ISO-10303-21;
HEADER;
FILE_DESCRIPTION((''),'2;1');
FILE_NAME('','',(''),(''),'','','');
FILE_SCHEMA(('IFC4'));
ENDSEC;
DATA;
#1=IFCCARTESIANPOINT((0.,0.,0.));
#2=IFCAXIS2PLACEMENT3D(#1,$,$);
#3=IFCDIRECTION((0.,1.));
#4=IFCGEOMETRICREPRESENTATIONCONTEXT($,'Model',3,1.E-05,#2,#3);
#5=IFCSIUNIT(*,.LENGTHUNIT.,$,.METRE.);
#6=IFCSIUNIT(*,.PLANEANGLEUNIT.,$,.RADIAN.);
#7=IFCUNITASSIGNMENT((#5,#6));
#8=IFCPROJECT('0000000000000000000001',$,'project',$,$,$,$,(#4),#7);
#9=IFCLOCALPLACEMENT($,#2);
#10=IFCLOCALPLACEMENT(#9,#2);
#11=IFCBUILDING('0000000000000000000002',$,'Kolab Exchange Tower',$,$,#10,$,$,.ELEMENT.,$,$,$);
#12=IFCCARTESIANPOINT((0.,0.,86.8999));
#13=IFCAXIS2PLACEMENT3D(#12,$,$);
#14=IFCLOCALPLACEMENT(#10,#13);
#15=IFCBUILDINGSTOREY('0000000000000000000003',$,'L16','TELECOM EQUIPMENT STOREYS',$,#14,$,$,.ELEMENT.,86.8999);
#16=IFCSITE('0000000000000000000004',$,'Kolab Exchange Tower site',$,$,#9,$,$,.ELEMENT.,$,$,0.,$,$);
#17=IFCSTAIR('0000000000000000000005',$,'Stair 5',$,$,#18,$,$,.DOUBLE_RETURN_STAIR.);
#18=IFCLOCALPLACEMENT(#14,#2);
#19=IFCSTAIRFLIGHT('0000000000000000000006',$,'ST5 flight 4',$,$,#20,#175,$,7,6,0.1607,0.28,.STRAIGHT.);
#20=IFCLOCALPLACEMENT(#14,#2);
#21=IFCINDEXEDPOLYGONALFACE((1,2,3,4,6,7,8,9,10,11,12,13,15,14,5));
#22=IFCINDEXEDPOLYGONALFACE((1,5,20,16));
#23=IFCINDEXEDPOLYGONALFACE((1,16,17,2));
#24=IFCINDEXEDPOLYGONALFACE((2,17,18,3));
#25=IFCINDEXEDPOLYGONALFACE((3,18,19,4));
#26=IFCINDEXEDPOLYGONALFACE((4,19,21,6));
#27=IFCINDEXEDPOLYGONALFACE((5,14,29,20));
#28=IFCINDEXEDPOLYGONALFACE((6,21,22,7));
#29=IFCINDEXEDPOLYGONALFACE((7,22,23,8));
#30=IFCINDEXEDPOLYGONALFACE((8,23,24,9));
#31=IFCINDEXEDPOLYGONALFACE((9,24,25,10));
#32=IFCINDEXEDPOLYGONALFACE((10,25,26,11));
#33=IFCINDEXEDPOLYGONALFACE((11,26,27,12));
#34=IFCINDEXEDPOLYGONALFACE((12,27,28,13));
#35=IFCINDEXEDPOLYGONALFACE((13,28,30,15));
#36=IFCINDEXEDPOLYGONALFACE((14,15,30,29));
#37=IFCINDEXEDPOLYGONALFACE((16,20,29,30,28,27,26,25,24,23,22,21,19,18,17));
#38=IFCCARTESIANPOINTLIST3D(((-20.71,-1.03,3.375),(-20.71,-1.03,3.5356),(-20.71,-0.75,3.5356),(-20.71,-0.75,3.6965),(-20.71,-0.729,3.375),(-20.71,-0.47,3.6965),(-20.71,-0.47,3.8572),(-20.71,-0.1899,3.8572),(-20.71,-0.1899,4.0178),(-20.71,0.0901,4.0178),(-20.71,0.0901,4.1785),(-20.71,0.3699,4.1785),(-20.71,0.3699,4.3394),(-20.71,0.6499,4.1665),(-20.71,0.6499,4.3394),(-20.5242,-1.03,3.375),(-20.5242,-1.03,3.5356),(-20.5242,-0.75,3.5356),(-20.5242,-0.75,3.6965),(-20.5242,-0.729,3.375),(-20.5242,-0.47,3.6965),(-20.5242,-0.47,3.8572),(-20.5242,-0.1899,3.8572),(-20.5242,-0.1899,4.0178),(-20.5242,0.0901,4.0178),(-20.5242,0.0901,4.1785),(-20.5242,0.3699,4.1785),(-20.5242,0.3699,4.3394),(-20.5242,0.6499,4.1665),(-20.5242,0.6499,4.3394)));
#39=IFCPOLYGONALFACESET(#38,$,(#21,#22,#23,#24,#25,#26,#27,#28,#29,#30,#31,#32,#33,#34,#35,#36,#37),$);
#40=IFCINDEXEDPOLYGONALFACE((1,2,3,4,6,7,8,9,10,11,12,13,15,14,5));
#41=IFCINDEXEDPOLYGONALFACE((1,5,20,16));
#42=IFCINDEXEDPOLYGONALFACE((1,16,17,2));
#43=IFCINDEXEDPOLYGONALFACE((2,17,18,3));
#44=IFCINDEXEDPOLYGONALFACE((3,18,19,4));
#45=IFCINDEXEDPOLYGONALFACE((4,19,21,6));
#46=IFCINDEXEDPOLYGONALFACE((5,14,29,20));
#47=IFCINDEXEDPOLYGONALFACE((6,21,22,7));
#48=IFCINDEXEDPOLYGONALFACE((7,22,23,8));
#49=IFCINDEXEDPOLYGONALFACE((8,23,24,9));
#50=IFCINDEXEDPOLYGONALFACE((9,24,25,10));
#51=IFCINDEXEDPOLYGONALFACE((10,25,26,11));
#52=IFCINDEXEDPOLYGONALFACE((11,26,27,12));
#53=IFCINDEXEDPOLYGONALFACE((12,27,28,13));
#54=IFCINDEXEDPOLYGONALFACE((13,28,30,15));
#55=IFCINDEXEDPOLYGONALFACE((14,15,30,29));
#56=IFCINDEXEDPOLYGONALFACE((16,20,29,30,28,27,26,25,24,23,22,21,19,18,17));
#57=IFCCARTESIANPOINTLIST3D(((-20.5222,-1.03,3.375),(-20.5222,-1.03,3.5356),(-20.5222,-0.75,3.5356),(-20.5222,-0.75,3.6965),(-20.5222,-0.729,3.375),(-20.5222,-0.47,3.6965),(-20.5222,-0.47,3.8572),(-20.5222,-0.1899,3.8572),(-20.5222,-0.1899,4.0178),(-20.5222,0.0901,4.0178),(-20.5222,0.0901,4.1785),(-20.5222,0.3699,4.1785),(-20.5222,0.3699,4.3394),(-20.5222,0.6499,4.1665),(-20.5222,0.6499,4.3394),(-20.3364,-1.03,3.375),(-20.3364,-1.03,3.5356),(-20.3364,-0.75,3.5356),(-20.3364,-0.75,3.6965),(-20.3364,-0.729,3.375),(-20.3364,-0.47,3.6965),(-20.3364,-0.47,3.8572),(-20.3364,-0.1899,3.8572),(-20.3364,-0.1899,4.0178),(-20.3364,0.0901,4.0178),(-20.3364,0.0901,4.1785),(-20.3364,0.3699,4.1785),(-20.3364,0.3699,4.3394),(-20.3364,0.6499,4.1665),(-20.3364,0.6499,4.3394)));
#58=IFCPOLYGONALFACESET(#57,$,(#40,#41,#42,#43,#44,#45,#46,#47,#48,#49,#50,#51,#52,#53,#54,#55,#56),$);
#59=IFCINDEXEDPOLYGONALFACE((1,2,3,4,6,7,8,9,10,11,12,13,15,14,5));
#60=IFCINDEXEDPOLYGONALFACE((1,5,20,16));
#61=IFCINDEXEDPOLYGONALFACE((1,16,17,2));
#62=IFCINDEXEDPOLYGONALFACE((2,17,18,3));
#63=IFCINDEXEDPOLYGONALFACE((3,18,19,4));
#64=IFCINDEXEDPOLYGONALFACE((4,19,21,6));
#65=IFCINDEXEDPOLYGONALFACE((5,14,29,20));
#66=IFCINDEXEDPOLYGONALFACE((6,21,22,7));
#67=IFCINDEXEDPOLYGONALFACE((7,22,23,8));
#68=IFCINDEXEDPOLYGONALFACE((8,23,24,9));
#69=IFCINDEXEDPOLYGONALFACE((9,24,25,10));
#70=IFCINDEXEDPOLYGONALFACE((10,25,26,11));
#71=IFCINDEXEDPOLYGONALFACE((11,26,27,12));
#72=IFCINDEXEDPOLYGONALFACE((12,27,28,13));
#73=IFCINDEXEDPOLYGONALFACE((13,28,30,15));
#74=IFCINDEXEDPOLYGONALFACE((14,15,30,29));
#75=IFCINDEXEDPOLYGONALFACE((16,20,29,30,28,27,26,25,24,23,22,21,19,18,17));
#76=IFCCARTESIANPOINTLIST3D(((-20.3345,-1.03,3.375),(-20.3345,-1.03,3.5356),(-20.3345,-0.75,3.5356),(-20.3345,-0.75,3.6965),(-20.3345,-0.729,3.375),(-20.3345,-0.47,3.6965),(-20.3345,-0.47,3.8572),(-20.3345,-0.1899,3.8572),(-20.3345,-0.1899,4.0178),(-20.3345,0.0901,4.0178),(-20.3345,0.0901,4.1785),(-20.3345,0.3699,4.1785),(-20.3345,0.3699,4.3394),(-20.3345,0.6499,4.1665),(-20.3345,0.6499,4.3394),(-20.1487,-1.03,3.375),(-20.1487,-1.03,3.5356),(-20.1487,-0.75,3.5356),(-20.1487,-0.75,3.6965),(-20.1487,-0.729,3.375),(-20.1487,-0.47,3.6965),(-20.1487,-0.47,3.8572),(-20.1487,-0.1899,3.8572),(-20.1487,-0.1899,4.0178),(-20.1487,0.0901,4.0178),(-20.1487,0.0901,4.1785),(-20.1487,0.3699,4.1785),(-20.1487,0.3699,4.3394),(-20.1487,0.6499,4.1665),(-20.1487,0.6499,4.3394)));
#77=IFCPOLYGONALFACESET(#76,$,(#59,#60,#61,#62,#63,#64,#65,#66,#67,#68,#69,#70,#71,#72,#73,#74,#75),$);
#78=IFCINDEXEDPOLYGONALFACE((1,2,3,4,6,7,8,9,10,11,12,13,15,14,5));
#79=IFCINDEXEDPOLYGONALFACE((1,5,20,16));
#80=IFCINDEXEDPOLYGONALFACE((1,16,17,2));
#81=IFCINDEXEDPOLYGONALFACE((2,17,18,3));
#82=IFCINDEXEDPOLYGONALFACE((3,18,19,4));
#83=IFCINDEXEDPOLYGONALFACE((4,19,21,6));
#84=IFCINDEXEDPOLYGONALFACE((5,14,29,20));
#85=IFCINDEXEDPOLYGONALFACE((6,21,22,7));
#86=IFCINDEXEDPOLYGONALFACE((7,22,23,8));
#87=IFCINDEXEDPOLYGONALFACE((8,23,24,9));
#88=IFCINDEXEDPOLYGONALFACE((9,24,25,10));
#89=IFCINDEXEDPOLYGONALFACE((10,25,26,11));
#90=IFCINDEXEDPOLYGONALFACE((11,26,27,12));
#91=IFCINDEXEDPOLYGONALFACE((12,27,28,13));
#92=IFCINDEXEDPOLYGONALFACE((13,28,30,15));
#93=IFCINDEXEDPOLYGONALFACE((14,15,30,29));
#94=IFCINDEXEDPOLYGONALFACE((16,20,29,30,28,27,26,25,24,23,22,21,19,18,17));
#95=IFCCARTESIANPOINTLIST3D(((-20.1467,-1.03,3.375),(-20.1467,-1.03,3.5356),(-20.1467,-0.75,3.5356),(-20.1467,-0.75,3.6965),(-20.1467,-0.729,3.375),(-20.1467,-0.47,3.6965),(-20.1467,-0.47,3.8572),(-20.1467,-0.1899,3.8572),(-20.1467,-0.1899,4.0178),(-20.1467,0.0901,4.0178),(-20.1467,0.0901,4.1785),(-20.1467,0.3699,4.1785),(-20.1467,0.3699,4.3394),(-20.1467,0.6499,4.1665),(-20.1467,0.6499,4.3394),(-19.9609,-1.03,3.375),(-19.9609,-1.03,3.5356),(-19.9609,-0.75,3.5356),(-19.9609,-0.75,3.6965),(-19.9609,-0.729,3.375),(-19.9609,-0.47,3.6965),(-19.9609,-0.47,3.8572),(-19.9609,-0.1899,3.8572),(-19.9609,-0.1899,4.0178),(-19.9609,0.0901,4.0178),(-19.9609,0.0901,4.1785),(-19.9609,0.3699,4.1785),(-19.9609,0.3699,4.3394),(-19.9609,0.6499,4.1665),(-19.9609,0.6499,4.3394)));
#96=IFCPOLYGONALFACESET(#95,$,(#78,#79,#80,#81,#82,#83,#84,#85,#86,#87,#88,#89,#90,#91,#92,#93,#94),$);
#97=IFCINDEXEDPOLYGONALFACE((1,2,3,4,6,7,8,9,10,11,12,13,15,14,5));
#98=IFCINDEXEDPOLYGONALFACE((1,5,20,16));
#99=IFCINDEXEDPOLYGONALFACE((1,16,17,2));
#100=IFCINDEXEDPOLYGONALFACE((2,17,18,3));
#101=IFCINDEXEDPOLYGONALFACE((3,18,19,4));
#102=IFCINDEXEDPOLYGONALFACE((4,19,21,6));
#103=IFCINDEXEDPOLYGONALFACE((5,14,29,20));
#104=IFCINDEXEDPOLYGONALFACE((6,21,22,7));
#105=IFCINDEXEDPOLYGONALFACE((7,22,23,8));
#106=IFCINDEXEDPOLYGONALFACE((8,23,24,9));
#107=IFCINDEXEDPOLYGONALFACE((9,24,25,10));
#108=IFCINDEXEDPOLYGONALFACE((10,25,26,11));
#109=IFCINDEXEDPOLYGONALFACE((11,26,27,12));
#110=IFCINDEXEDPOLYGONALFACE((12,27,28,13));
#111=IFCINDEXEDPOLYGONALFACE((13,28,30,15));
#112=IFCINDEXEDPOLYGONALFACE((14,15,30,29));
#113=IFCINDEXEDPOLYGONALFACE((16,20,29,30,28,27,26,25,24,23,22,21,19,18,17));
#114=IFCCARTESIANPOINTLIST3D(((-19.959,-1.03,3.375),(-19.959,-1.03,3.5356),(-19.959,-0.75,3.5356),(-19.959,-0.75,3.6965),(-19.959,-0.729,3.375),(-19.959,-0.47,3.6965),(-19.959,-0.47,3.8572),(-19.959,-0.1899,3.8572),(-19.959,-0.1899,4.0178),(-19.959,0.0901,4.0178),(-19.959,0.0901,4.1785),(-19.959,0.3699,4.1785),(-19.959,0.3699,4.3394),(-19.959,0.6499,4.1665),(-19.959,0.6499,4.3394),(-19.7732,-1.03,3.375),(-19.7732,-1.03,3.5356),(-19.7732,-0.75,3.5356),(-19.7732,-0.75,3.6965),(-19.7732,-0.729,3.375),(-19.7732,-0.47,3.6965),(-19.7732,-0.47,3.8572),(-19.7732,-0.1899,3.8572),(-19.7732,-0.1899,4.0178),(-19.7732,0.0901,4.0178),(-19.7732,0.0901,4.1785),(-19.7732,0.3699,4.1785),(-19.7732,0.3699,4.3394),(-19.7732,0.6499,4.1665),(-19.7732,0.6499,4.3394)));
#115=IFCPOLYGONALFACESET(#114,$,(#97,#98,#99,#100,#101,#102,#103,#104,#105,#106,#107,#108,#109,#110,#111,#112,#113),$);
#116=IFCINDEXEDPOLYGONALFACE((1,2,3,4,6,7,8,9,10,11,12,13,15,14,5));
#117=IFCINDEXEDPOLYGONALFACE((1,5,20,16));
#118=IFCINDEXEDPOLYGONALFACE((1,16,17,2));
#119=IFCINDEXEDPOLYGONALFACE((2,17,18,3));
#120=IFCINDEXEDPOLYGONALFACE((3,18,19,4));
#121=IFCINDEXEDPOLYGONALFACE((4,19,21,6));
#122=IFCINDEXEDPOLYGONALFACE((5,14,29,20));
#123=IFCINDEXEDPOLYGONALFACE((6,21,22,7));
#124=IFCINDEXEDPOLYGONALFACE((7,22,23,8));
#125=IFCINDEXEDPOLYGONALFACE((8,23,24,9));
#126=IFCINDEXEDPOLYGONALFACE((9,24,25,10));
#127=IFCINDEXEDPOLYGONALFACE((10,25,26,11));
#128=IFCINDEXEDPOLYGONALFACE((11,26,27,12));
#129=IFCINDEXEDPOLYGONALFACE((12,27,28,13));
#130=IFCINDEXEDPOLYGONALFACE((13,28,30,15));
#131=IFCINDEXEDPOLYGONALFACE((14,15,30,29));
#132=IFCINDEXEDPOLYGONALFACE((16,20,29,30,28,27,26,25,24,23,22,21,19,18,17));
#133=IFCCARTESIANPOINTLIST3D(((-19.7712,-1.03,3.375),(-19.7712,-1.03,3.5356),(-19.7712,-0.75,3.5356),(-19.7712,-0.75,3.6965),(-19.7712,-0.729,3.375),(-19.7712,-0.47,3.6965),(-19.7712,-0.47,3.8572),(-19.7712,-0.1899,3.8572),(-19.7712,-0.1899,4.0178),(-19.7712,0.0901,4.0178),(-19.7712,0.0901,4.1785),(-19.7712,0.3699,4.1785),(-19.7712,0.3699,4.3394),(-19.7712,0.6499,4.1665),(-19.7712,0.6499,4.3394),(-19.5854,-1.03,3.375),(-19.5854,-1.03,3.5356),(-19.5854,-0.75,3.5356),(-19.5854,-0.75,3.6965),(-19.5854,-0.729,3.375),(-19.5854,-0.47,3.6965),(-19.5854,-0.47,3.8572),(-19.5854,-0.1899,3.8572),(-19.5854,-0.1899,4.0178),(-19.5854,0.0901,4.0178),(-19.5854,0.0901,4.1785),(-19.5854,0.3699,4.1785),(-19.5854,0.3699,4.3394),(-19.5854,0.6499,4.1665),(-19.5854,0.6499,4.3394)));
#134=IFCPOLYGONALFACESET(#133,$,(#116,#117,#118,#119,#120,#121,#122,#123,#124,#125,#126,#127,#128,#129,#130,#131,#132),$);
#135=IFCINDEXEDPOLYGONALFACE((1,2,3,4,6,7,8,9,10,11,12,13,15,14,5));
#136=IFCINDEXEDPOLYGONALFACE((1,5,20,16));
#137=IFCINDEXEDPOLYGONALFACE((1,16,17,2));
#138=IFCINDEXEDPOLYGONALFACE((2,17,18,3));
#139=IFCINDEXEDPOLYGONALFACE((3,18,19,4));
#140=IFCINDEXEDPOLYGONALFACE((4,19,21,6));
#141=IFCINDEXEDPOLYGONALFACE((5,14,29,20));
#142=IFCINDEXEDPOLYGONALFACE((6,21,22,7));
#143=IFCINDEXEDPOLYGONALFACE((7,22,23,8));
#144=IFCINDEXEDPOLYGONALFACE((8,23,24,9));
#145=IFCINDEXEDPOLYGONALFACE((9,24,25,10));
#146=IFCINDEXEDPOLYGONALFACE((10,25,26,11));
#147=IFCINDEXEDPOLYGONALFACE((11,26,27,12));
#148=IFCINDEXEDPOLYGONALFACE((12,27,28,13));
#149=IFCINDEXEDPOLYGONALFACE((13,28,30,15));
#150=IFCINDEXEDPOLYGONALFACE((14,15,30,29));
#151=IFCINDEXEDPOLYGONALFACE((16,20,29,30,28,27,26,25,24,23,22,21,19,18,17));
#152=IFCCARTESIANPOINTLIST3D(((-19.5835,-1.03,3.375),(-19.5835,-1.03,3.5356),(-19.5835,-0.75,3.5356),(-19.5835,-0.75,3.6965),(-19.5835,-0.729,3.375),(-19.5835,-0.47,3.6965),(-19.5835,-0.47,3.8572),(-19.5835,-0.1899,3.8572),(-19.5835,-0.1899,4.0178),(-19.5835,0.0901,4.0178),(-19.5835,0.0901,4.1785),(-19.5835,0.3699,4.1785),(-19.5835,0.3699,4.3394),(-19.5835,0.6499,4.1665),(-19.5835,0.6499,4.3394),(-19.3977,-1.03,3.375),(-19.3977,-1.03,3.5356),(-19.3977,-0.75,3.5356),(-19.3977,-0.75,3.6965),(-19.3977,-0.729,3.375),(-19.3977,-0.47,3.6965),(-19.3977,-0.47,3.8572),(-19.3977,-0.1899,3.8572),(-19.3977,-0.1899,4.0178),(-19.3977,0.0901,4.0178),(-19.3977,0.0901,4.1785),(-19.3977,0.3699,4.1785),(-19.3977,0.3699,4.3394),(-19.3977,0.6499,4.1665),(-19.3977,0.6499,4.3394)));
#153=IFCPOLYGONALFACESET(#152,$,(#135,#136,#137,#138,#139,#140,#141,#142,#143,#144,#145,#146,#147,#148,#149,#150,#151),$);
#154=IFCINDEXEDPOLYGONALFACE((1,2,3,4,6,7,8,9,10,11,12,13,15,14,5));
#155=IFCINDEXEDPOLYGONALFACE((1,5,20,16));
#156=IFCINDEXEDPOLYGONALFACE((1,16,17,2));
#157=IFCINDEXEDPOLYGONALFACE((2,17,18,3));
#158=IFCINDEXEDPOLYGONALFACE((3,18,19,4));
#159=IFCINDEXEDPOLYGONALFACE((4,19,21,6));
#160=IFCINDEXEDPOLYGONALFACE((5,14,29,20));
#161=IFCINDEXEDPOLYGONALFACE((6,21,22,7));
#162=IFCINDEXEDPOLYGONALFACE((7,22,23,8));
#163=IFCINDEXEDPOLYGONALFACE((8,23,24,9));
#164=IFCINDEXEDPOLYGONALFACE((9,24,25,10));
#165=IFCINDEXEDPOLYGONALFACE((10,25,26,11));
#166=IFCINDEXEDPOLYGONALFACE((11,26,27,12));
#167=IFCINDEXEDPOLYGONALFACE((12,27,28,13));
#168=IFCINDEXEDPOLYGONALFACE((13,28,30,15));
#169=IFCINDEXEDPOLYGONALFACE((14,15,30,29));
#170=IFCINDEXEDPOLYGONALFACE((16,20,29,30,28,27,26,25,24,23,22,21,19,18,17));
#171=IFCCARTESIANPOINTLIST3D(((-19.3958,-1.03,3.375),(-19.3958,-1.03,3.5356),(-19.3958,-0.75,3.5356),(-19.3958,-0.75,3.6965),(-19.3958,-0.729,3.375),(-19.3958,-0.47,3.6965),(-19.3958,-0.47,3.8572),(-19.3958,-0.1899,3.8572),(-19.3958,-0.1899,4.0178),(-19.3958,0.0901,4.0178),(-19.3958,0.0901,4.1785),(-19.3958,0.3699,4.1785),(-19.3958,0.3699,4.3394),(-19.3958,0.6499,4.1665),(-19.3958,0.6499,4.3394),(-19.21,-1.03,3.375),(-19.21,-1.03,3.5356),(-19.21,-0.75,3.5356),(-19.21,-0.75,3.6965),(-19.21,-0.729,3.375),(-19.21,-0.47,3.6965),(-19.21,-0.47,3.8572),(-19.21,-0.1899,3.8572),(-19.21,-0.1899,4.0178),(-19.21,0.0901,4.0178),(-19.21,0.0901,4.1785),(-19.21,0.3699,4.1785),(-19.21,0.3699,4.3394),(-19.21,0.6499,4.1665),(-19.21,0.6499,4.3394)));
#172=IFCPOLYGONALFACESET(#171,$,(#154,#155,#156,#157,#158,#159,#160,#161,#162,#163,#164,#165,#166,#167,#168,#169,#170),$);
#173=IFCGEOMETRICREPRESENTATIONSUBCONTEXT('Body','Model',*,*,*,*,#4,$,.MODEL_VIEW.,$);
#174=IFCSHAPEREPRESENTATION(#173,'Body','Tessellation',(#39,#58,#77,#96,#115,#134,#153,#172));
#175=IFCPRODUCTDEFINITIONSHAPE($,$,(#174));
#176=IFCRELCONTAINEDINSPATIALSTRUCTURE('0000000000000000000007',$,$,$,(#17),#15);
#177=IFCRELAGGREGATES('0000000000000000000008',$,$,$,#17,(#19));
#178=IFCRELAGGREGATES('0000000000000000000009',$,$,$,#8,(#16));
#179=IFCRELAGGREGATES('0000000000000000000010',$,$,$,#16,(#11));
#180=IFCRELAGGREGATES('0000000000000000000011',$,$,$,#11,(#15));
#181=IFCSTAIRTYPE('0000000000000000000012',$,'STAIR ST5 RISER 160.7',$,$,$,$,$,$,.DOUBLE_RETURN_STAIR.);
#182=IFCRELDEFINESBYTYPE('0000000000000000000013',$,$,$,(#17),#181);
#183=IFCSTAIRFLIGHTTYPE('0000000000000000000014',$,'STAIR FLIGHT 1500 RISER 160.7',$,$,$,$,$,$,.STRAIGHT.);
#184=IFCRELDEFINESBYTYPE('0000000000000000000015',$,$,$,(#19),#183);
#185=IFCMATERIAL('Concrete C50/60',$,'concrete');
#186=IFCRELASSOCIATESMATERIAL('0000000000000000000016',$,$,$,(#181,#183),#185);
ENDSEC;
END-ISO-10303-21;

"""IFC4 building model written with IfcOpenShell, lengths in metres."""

from ifc_helpers import new_model, si_unit, direction, frame, origin, place, context, subcontext, project, spatial, polyline, outline, extrude, material, type_object, element, aggregate, save


model = new_model("IFC4")

# Units and contexts
model_context = context("Model", 3, precision=1e-05, world=origin(), true_north=direction((0.0, 1.0)))
body_context = subcontext(model_context, "Body", "Model", "MODEL_VIEW")
ifc_project = project(units=[si_unit("LENGTHUNIT", "METRE"), si_unit("PLANEANGLEUNIT", "RADIAN")], contexts=[model_context])

# Site, building, storey
site_placement = place(None, origin())
site = spatial("IfcSite", under=ifc_project, at=site_placement, Name="Kolab Exchange Tower site", CompositionType="ELEMENT", RefElevation=0.0)
building_placement = place(site_placement, origin())
building = spatial("IfcBuilding", under=site, at=building_placement, Name="Kolab Exchange Tower", CompositionType="ELEMENT")
storey_placement = place(building_placement, frame((0.0, 0.0, 86.8999)))
storey = spatial("IfcBuildingStorey", under=building, at=storey_placement, Name="L16", Description="TELECOM EQUIPMENT STOREYS", CompositionType="ELEMENT", Elevation=86.8999)

# Shared definitions
ifc_material_1 = material(Name="Concrete C50/60", Category="concrete")

# Stair, stair flight
stair_type = type_object("IfcStairType", Name="STAIR ST5 RISER 160.7", PredefinedType="DOUBLE_RETURN_STAIR", material=ifc_material_1)
stair_placement = place(storey_placement, origin())
stair = element("IfcStair", 1, at=stair_placement, inside=storey, type_object=stair_type, Name="Stair 5", PredefinedType="DOUBLE_RETURN_STAIR")
stair_flight_type = type_object("IfcStairFlightType", Name="STAIR FLIGHT 1500 RISER 160.7", PredefinedType="STRAIGHT", material=ifc_material_1)
stair_flight_1_placement = place(storey_placement, frame((-19.96, -1.03, 3.375), z_axis=(0.0, 0.0, 1.0), x_axis=(0.0, 1.0, 0.0)))
stair_flight_1 = element("IfcStairFlight", 2, at=stair_flight_1_placement, type_object=stair_flight_type, Name="ST5 flight 4", NumberOfRisers=7, NumberOfTreads=6, PredefinedType="STRAIGHT", RiserHeight=0.1607, TreadLength=0.28, context=body_context, shape_type="SweptSolid", body=[
    extrude(outline(polyline([(0.0, 0.0), (0.0, 0.1606), (0.28, 0.1606), (0.28, 0.3215), (0.5601, 0.3215), (0.5601, 0.4822), (0.8401, 0.4822), (0.8401, 0.6428), (1.1201, 0.6428), (1.1201, 0.8035), (1.3999, 0.8035), (1.3999, 0.9644), (1.6799, 0.9644), (1.6799, 1.125), (1.6799, 0.7915), (0.301, 0.0), (0.0, 0.0)])), frame((0.0, 0.75, 0.0), z_axis=(0.0, -1.0, 0.0), x_axis=(1.0, 0.0, 0.0)), (0.0, 0.0, 1.0), 0.1858),
    extrude(outline(polyline([(0.0, 0.0), (0.0, 0.1606), (0.28, 0.1606), (0.28, 0.3215), (0.5601, 0.3215), (0.5601, 0.4822), (0.8401, 0.4822), (0.8401, 0.6428), (1.1201, 0.6428), (1.1201, 0.8035), (1.3999, 0.8035), (1.3999, 0.9644), (1.6799, 0.9644), (1.6799, 1.125), (1.6799, 0.7915), (0.301, 0.0), (0.0, 0.0)])), frame((0.0, 0.5623, 0.0), z_axis=(0.0, -1.0, 0.0), x_axis=(1.0, 0.0, 0.0)), (0.0, 0.0, 1.0), 0.1858),
    extrude(outline(polyline([(0.0, 0.0), (0.0, 0.1606), (0.28, 0.1606), (0.28, 0.3215), (0.5601, 0.3215), (0.5601, 0.4822), (0.8401, 0.4822), (0.8401, 0.6428), (1.1201, 0.6428), (1.1201, 0.8035), (1.3999, 0.8035), (1.3999, 0.9644), (1.6799, 0.9644), (1.6799, 1.125), (1.6799, 0.7915), (0.301, 0.0), (0.0, 0.0)])), frame((0.0, 0.3745, 0.0), z_axis=(0.0, -1.0, 0.0), x_axis=(1.0, 0.0, 0.0)), (0.0, 0.0, 1.0), 0.1858),
    extrude(outline(polyline([(0.0, 0.0), (0.0, 0.1606), (0.28, 0.1606), (0.28, 0.3215), (0.5601, 0.3215), (0.5601, 0.4822), (0.8401, 0.4822), (0.8401, 0.6428), (1.1201, 0.6428), (1.1201, 0.8035), (1.3999, 0.8035), (1.3999, 0.9644), (1.6799, 0.9644), (1.6799, 1.125), (1.6799, 0.7915), (0.301, 0.0), (0.0, 0.0)])), frame((0.0, 0.1868, 0.0), z_axis=(0.0, -1.0, 0.0), x_axis=(1.0, 0.0, 0.0)), (0.0, 0.0, 1.0), 0.1858),
    extrude(outline(polyline([(0.0, 0.0), (0.0, 0.1606), (0.28, 0.1606), (0.28, 0.3215), (0.5601, 0.3215), (0.5601, 0.4822), (0.8401, 0.4822), (0.8401, 0.6428), (1.1201, 0.6428), (1.1201, 0.8035), (1.3999, 0.8035), (1.3999, 0.9644), (1.6799, 0.9644), (1.6799, 1.125), (1.6799, 0.7915), (0.301, 0.0), (0.0, 0.0)])), frame((0.0, -0.001, 0.0), z_axis=(0.0, -1.0, 0.0), x_axis=(1.0, 0.0, 0.0)), (0.0, 0.0, 1.0), 0.1858),
    extrude(outline(polyline([(0.0, 0.0), (0.0, 0.1606), (0.28, 0.1606), (0.28, 0.3215), (0.5601, 0.3215), (0.5601, 0.4822), (0.8401, 0.4822), (0.8401, 0.6428), (1.1201, 0.6428), (1.1201, 0.8035), (1.3999, 0.8035), (1.3999, 0.9644), (1.6799, 0.9644), (1.6799, 1.125), (1.6799, 0.7915), (0.301, 0.0), (0.0, 0.0)])), frame((0.0, -0.1887, 0.0), z_axis=(0.0, -1.0, 0.0), x_axis=(1.0, 0.0, 0.0)), (0.0, 0.0, 1.0), 0.1858),
    extrude(outline(polyline([(0.0, 0.0), (0.0, 0.1606), (0.28, 0.1606), (0.28, 0.3215), (0.5601, 0.3215), (0.5601, 0.4822), (0.8401, 0.4822), (0.8401, 0.6428), (1.1201, 0.6428), (1.1201, 0.8035), (1.3999, 0.8035), (1.3999, 0.9644), (1.6799, 0.9644), (1.6799, 1.125), (1.6799, 0.7915), (0.301, 0.0), (0.0, 0.0)])), frame((0.0, -0.3765, 0.0), z_axis=(0.0, -1.0, 0.0), x_axis=(1.0, 0.0, 0.0)), (0.0, 0.0, 1.0), 0.1858),
    extrude(outline(polyline([(0.0, 0.0), (0.0, 0.1606), (0.28, 0.1606), (0.28, 0.3215), (0.5601, 0.3215), (0.5601, 0.4822), (0.8401, 0.4822), (0.8401, 0.6428), (1.1201, 0.6428), (1.1201, 0.8035), (1.3999, 0.8035), (1.3999, 0.9644), (1.6799, 0.9644), (1.6799, 1.125), (1.6799, 0.7915), (0.301, 0.0), (0.0, 0.0)])), frame((0.0, -0.5642, 0.0), z_axis=(0.0, -1.0, 0.0), x_axis=(1.0, 0.0, 0.0)), (0.0, 0.0, 1.0), 0.1858),
])
aggregate(stair, [stair_flight_1])

save(model, "model.ifc")
